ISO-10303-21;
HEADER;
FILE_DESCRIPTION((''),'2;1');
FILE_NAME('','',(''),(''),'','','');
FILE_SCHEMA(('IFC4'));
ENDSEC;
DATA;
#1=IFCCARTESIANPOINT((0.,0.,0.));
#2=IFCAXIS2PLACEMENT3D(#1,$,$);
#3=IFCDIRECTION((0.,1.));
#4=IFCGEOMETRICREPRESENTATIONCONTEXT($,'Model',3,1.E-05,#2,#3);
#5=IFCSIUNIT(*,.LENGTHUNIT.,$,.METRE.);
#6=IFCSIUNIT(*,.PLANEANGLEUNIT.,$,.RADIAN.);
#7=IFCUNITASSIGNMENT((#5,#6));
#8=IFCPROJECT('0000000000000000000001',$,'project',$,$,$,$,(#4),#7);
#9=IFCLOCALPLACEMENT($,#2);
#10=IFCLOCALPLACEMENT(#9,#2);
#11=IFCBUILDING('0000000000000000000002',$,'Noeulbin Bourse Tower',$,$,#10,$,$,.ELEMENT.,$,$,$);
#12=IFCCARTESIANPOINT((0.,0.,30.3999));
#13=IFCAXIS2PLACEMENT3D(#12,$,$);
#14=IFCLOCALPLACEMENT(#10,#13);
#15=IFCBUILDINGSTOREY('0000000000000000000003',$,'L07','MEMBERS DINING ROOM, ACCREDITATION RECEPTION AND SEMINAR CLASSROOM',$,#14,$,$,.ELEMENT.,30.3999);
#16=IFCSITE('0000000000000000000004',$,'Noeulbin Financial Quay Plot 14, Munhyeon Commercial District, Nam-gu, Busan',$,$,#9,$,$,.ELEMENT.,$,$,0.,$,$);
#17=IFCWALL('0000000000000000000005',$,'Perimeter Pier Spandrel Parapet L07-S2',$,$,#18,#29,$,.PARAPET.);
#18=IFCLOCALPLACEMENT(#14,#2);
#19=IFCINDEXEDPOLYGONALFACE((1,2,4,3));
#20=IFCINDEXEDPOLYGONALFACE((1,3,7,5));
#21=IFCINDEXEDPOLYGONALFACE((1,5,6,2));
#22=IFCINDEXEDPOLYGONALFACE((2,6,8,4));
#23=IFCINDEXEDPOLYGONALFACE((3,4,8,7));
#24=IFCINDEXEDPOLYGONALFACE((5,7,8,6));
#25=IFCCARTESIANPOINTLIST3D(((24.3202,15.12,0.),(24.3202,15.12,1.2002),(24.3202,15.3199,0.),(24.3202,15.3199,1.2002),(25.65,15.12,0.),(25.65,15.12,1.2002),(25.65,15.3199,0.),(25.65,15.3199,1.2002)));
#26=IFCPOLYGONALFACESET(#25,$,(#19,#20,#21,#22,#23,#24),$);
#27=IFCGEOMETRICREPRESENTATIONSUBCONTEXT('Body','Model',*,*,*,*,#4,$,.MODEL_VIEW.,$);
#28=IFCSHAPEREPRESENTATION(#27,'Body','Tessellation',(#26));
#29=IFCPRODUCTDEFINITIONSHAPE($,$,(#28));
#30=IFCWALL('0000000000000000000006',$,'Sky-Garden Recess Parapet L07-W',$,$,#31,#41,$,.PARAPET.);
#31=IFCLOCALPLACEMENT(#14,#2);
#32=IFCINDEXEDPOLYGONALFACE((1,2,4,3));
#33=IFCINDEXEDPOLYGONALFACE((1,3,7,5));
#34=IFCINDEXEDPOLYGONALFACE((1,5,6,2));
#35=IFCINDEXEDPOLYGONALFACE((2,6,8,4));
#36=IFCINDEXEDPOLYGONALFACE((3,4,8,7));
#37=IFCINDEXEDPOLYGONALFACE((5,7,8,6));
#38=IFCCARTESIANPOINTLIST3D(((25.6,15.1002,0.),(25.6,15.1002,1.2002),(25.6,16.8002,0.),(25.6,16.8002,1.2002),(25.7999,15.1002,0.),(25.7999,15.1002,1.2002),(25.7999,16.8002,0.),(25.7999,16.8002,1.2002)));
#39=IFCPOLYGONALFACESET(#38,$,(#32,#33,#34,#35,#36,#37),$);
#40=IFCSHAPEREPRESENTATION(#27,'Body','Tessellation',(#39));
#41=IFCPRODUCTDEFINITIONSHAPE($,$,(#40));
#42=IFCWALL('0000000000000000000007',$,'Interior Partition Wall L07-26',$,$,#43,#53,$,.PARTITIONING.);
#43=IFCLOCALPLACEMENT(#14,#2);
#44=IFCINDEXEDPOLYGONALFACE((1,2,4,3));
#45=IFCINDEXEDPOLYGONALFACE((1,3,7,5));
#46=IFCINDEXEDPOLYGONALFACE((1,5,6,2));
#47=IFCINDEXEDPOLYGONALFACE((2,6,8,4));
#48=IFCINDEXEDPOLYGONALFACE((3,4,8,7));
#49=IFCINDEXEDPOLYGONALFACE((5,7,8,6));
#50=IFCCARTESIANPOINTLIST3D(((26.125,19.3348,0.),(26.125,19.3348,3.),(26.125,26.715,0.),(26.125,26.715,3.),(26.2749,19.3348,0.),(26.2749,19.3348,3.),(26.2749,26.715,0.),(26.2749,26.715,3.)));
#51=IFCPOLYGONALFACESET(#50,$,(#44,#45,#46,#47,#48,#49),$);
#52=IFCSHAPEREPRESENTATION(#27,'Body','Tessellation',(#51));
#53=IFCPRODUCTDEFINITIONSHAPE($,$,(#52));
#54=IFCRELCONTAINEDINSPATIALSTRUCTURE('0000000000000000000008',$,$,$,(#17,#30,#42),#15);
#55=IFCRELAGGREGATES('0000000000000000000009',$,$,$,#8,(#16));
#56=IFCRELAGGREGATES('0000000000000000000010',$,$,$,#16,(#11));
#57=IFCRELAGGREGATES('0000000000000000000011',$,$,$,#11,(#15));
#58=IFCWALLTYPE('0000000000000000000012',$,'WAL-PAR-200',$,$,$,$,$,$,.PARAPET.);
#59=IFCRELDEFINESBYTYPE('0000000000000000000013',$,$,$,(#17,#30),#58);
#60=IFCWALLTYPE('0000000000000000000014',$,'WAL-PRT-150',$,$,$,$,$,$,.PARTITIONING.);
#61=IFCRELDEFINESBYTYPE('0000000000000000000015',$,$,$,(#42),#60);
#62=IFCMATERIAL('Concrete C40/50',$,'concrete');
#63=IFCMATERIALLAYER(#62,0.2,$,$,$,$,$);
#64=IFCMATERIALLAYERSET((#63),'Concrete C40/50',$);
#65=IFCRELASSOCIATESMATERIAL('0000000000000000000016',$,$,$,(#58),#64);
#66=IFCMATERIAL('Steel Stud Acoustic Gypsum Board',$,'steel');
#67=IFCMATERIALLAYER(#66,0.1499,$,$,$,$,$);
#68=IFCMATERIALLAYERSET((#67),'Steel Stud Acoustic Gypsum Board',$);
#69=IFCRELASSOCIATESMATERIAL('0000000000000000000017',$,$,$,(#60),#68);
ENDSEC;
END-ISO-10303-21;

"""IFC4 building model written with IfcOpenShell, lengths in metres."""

from ifc_helpers import new_model, si_unit, direction, frame, frame_2d, origin, place, context, subcontext, project, spatial, rectangle, extrude, material, layer, layer_set, type_object, element, save


model = new_model("IFC4")

# Units and contexts
model_context = context("Model", 3, precision=1e-05, world=origin(), true_north=direction((0.0, 1.0)))
body_context = subcontext(model_context, "Body", "Model", "MODEL_VIEW")
ifc_project = project(units=[si_unit("LENGTHUNIT", "METRE"), si_unit("PLANEANGLEUNIT", "RADIAN")], contexts=[model_context])

# Site, building, storey
site_placement = place(None, origin())
site = spatial("IfcSite", under=ifc_project, at=site_placement, Name="Noeulbin Financial Quay Plot 14, Munhyeon Commercial District, Nam-gu, Busan", CompositionType="ELEMENT", RefElevation=0.0)
building_placement = place(site_placement, origin())
building = spatial("IfcBuilding", under=site, at=building_placement, Name="Noeulbin Bourse Tower", CompositionType="ELEMENT")
storey_placement = place(building_placement, frame((0.0, 0.0, 30.3999)))
storey = spatial("IfcBuildingStorey", under=building, at=storey_placement, Name="L07", Description="MEMBERS DINING ROOM, ACCREDITATION RECEPTION AND SEMINAR CLASSROOM", CompositionType="ELEMENT", Elevation=30.3999)

# Walls
ifc_material_1 = material(Name="Concrete C40/50", Category="concrete")
ifc_layer_1 = layer(ifc_material_1, 0.2)
ifc_layer_set_1 = layer_set([ifc_layer_1], Name="Concrete C40/50")
wall_type_1 = type_object("IfcWallType", Name="WAL-PAR-200", PredefinedType="PARAPET", material=ifc_layer_set_1)
wall_1_placement = place(storey_placement, frame((24.3201, 15.22, 0.0), z_axis=(0.0, 0.0, 1.0), x_axis=(1.0, 0.0, 0.0)))
element("IfcWall", 1, at=wall_1_placement, inside=storey, type_object=wall_type_1, Name="Perimeter Pier Spandrel Parapet L07-S2", PredefinedType="PARAPET", context=body_context, shape_type="SweptSolid", body=[
    extrude(rectangle(XDim=1.3298, YDim=0.2, at=frame_2d((0.665, 0.0))), origin(), (0.0, 0.0, 1.0), 1.2002),
])
wall_2_placement = place(storey_placement, frame((25.7, 15.1001, 0.0), z_axis=(0.0, 0.0, 1.0), x_axis=(0.0, 1.0, 0.0)))
element("IfcWall", 2, at=wall_2_placement, inside=storey, type_object=wall_type_1, Name="Sky-Garden Recess Parapet L07-W", PredefinedType="PARAPET", context=body_context, shape_type="SweptSolid", body=[
    extrude(rectangle(XDim=1.7, YDim=0.2, at=frame_2d((0.8501, 0.0))), origin(), (0.0, 0.0, 1.0), 1.2002),
])
ifc_material_2 = material(Name="Steel Stud Acoustic Gypsum Board", Category="steel")
ifc_layer_2 = layer(ifc_material_2, 0.1499)
ifc_layer_set_2 = layer_set([ifc_layer_2], Name="Steel Stud Acoustic Gypsum Board")
wall_type_2 = type_object("IfcWallType", Name="WAL-PRT-150", PredefinedType="PARTITIONING", material=ifc_layer_set_2)
wall_3_placement = place(storey_placement, frame((26.2, 19.335, 0.0), z_axis=(0.0, 0.0, 1.0), x_axis=(0.0, 1.0, 0.0)))
element("IfcWall", 3, at=wall_3_placement, inside=storey, type_object=wall_type_2, Name="Interior Partition Wall L07-26", PredefinedType="PARTITIONING", context=body_context, shape_type="SweptSolid", body=[
    extrude(rectangle(XDim=7.3801, YDim=0.1499, at=frame_2d((3.6899, 0.0))), origin(), (0.0, 0.0, 1.0), 3.0),
])

save(model, "model.ifc")
